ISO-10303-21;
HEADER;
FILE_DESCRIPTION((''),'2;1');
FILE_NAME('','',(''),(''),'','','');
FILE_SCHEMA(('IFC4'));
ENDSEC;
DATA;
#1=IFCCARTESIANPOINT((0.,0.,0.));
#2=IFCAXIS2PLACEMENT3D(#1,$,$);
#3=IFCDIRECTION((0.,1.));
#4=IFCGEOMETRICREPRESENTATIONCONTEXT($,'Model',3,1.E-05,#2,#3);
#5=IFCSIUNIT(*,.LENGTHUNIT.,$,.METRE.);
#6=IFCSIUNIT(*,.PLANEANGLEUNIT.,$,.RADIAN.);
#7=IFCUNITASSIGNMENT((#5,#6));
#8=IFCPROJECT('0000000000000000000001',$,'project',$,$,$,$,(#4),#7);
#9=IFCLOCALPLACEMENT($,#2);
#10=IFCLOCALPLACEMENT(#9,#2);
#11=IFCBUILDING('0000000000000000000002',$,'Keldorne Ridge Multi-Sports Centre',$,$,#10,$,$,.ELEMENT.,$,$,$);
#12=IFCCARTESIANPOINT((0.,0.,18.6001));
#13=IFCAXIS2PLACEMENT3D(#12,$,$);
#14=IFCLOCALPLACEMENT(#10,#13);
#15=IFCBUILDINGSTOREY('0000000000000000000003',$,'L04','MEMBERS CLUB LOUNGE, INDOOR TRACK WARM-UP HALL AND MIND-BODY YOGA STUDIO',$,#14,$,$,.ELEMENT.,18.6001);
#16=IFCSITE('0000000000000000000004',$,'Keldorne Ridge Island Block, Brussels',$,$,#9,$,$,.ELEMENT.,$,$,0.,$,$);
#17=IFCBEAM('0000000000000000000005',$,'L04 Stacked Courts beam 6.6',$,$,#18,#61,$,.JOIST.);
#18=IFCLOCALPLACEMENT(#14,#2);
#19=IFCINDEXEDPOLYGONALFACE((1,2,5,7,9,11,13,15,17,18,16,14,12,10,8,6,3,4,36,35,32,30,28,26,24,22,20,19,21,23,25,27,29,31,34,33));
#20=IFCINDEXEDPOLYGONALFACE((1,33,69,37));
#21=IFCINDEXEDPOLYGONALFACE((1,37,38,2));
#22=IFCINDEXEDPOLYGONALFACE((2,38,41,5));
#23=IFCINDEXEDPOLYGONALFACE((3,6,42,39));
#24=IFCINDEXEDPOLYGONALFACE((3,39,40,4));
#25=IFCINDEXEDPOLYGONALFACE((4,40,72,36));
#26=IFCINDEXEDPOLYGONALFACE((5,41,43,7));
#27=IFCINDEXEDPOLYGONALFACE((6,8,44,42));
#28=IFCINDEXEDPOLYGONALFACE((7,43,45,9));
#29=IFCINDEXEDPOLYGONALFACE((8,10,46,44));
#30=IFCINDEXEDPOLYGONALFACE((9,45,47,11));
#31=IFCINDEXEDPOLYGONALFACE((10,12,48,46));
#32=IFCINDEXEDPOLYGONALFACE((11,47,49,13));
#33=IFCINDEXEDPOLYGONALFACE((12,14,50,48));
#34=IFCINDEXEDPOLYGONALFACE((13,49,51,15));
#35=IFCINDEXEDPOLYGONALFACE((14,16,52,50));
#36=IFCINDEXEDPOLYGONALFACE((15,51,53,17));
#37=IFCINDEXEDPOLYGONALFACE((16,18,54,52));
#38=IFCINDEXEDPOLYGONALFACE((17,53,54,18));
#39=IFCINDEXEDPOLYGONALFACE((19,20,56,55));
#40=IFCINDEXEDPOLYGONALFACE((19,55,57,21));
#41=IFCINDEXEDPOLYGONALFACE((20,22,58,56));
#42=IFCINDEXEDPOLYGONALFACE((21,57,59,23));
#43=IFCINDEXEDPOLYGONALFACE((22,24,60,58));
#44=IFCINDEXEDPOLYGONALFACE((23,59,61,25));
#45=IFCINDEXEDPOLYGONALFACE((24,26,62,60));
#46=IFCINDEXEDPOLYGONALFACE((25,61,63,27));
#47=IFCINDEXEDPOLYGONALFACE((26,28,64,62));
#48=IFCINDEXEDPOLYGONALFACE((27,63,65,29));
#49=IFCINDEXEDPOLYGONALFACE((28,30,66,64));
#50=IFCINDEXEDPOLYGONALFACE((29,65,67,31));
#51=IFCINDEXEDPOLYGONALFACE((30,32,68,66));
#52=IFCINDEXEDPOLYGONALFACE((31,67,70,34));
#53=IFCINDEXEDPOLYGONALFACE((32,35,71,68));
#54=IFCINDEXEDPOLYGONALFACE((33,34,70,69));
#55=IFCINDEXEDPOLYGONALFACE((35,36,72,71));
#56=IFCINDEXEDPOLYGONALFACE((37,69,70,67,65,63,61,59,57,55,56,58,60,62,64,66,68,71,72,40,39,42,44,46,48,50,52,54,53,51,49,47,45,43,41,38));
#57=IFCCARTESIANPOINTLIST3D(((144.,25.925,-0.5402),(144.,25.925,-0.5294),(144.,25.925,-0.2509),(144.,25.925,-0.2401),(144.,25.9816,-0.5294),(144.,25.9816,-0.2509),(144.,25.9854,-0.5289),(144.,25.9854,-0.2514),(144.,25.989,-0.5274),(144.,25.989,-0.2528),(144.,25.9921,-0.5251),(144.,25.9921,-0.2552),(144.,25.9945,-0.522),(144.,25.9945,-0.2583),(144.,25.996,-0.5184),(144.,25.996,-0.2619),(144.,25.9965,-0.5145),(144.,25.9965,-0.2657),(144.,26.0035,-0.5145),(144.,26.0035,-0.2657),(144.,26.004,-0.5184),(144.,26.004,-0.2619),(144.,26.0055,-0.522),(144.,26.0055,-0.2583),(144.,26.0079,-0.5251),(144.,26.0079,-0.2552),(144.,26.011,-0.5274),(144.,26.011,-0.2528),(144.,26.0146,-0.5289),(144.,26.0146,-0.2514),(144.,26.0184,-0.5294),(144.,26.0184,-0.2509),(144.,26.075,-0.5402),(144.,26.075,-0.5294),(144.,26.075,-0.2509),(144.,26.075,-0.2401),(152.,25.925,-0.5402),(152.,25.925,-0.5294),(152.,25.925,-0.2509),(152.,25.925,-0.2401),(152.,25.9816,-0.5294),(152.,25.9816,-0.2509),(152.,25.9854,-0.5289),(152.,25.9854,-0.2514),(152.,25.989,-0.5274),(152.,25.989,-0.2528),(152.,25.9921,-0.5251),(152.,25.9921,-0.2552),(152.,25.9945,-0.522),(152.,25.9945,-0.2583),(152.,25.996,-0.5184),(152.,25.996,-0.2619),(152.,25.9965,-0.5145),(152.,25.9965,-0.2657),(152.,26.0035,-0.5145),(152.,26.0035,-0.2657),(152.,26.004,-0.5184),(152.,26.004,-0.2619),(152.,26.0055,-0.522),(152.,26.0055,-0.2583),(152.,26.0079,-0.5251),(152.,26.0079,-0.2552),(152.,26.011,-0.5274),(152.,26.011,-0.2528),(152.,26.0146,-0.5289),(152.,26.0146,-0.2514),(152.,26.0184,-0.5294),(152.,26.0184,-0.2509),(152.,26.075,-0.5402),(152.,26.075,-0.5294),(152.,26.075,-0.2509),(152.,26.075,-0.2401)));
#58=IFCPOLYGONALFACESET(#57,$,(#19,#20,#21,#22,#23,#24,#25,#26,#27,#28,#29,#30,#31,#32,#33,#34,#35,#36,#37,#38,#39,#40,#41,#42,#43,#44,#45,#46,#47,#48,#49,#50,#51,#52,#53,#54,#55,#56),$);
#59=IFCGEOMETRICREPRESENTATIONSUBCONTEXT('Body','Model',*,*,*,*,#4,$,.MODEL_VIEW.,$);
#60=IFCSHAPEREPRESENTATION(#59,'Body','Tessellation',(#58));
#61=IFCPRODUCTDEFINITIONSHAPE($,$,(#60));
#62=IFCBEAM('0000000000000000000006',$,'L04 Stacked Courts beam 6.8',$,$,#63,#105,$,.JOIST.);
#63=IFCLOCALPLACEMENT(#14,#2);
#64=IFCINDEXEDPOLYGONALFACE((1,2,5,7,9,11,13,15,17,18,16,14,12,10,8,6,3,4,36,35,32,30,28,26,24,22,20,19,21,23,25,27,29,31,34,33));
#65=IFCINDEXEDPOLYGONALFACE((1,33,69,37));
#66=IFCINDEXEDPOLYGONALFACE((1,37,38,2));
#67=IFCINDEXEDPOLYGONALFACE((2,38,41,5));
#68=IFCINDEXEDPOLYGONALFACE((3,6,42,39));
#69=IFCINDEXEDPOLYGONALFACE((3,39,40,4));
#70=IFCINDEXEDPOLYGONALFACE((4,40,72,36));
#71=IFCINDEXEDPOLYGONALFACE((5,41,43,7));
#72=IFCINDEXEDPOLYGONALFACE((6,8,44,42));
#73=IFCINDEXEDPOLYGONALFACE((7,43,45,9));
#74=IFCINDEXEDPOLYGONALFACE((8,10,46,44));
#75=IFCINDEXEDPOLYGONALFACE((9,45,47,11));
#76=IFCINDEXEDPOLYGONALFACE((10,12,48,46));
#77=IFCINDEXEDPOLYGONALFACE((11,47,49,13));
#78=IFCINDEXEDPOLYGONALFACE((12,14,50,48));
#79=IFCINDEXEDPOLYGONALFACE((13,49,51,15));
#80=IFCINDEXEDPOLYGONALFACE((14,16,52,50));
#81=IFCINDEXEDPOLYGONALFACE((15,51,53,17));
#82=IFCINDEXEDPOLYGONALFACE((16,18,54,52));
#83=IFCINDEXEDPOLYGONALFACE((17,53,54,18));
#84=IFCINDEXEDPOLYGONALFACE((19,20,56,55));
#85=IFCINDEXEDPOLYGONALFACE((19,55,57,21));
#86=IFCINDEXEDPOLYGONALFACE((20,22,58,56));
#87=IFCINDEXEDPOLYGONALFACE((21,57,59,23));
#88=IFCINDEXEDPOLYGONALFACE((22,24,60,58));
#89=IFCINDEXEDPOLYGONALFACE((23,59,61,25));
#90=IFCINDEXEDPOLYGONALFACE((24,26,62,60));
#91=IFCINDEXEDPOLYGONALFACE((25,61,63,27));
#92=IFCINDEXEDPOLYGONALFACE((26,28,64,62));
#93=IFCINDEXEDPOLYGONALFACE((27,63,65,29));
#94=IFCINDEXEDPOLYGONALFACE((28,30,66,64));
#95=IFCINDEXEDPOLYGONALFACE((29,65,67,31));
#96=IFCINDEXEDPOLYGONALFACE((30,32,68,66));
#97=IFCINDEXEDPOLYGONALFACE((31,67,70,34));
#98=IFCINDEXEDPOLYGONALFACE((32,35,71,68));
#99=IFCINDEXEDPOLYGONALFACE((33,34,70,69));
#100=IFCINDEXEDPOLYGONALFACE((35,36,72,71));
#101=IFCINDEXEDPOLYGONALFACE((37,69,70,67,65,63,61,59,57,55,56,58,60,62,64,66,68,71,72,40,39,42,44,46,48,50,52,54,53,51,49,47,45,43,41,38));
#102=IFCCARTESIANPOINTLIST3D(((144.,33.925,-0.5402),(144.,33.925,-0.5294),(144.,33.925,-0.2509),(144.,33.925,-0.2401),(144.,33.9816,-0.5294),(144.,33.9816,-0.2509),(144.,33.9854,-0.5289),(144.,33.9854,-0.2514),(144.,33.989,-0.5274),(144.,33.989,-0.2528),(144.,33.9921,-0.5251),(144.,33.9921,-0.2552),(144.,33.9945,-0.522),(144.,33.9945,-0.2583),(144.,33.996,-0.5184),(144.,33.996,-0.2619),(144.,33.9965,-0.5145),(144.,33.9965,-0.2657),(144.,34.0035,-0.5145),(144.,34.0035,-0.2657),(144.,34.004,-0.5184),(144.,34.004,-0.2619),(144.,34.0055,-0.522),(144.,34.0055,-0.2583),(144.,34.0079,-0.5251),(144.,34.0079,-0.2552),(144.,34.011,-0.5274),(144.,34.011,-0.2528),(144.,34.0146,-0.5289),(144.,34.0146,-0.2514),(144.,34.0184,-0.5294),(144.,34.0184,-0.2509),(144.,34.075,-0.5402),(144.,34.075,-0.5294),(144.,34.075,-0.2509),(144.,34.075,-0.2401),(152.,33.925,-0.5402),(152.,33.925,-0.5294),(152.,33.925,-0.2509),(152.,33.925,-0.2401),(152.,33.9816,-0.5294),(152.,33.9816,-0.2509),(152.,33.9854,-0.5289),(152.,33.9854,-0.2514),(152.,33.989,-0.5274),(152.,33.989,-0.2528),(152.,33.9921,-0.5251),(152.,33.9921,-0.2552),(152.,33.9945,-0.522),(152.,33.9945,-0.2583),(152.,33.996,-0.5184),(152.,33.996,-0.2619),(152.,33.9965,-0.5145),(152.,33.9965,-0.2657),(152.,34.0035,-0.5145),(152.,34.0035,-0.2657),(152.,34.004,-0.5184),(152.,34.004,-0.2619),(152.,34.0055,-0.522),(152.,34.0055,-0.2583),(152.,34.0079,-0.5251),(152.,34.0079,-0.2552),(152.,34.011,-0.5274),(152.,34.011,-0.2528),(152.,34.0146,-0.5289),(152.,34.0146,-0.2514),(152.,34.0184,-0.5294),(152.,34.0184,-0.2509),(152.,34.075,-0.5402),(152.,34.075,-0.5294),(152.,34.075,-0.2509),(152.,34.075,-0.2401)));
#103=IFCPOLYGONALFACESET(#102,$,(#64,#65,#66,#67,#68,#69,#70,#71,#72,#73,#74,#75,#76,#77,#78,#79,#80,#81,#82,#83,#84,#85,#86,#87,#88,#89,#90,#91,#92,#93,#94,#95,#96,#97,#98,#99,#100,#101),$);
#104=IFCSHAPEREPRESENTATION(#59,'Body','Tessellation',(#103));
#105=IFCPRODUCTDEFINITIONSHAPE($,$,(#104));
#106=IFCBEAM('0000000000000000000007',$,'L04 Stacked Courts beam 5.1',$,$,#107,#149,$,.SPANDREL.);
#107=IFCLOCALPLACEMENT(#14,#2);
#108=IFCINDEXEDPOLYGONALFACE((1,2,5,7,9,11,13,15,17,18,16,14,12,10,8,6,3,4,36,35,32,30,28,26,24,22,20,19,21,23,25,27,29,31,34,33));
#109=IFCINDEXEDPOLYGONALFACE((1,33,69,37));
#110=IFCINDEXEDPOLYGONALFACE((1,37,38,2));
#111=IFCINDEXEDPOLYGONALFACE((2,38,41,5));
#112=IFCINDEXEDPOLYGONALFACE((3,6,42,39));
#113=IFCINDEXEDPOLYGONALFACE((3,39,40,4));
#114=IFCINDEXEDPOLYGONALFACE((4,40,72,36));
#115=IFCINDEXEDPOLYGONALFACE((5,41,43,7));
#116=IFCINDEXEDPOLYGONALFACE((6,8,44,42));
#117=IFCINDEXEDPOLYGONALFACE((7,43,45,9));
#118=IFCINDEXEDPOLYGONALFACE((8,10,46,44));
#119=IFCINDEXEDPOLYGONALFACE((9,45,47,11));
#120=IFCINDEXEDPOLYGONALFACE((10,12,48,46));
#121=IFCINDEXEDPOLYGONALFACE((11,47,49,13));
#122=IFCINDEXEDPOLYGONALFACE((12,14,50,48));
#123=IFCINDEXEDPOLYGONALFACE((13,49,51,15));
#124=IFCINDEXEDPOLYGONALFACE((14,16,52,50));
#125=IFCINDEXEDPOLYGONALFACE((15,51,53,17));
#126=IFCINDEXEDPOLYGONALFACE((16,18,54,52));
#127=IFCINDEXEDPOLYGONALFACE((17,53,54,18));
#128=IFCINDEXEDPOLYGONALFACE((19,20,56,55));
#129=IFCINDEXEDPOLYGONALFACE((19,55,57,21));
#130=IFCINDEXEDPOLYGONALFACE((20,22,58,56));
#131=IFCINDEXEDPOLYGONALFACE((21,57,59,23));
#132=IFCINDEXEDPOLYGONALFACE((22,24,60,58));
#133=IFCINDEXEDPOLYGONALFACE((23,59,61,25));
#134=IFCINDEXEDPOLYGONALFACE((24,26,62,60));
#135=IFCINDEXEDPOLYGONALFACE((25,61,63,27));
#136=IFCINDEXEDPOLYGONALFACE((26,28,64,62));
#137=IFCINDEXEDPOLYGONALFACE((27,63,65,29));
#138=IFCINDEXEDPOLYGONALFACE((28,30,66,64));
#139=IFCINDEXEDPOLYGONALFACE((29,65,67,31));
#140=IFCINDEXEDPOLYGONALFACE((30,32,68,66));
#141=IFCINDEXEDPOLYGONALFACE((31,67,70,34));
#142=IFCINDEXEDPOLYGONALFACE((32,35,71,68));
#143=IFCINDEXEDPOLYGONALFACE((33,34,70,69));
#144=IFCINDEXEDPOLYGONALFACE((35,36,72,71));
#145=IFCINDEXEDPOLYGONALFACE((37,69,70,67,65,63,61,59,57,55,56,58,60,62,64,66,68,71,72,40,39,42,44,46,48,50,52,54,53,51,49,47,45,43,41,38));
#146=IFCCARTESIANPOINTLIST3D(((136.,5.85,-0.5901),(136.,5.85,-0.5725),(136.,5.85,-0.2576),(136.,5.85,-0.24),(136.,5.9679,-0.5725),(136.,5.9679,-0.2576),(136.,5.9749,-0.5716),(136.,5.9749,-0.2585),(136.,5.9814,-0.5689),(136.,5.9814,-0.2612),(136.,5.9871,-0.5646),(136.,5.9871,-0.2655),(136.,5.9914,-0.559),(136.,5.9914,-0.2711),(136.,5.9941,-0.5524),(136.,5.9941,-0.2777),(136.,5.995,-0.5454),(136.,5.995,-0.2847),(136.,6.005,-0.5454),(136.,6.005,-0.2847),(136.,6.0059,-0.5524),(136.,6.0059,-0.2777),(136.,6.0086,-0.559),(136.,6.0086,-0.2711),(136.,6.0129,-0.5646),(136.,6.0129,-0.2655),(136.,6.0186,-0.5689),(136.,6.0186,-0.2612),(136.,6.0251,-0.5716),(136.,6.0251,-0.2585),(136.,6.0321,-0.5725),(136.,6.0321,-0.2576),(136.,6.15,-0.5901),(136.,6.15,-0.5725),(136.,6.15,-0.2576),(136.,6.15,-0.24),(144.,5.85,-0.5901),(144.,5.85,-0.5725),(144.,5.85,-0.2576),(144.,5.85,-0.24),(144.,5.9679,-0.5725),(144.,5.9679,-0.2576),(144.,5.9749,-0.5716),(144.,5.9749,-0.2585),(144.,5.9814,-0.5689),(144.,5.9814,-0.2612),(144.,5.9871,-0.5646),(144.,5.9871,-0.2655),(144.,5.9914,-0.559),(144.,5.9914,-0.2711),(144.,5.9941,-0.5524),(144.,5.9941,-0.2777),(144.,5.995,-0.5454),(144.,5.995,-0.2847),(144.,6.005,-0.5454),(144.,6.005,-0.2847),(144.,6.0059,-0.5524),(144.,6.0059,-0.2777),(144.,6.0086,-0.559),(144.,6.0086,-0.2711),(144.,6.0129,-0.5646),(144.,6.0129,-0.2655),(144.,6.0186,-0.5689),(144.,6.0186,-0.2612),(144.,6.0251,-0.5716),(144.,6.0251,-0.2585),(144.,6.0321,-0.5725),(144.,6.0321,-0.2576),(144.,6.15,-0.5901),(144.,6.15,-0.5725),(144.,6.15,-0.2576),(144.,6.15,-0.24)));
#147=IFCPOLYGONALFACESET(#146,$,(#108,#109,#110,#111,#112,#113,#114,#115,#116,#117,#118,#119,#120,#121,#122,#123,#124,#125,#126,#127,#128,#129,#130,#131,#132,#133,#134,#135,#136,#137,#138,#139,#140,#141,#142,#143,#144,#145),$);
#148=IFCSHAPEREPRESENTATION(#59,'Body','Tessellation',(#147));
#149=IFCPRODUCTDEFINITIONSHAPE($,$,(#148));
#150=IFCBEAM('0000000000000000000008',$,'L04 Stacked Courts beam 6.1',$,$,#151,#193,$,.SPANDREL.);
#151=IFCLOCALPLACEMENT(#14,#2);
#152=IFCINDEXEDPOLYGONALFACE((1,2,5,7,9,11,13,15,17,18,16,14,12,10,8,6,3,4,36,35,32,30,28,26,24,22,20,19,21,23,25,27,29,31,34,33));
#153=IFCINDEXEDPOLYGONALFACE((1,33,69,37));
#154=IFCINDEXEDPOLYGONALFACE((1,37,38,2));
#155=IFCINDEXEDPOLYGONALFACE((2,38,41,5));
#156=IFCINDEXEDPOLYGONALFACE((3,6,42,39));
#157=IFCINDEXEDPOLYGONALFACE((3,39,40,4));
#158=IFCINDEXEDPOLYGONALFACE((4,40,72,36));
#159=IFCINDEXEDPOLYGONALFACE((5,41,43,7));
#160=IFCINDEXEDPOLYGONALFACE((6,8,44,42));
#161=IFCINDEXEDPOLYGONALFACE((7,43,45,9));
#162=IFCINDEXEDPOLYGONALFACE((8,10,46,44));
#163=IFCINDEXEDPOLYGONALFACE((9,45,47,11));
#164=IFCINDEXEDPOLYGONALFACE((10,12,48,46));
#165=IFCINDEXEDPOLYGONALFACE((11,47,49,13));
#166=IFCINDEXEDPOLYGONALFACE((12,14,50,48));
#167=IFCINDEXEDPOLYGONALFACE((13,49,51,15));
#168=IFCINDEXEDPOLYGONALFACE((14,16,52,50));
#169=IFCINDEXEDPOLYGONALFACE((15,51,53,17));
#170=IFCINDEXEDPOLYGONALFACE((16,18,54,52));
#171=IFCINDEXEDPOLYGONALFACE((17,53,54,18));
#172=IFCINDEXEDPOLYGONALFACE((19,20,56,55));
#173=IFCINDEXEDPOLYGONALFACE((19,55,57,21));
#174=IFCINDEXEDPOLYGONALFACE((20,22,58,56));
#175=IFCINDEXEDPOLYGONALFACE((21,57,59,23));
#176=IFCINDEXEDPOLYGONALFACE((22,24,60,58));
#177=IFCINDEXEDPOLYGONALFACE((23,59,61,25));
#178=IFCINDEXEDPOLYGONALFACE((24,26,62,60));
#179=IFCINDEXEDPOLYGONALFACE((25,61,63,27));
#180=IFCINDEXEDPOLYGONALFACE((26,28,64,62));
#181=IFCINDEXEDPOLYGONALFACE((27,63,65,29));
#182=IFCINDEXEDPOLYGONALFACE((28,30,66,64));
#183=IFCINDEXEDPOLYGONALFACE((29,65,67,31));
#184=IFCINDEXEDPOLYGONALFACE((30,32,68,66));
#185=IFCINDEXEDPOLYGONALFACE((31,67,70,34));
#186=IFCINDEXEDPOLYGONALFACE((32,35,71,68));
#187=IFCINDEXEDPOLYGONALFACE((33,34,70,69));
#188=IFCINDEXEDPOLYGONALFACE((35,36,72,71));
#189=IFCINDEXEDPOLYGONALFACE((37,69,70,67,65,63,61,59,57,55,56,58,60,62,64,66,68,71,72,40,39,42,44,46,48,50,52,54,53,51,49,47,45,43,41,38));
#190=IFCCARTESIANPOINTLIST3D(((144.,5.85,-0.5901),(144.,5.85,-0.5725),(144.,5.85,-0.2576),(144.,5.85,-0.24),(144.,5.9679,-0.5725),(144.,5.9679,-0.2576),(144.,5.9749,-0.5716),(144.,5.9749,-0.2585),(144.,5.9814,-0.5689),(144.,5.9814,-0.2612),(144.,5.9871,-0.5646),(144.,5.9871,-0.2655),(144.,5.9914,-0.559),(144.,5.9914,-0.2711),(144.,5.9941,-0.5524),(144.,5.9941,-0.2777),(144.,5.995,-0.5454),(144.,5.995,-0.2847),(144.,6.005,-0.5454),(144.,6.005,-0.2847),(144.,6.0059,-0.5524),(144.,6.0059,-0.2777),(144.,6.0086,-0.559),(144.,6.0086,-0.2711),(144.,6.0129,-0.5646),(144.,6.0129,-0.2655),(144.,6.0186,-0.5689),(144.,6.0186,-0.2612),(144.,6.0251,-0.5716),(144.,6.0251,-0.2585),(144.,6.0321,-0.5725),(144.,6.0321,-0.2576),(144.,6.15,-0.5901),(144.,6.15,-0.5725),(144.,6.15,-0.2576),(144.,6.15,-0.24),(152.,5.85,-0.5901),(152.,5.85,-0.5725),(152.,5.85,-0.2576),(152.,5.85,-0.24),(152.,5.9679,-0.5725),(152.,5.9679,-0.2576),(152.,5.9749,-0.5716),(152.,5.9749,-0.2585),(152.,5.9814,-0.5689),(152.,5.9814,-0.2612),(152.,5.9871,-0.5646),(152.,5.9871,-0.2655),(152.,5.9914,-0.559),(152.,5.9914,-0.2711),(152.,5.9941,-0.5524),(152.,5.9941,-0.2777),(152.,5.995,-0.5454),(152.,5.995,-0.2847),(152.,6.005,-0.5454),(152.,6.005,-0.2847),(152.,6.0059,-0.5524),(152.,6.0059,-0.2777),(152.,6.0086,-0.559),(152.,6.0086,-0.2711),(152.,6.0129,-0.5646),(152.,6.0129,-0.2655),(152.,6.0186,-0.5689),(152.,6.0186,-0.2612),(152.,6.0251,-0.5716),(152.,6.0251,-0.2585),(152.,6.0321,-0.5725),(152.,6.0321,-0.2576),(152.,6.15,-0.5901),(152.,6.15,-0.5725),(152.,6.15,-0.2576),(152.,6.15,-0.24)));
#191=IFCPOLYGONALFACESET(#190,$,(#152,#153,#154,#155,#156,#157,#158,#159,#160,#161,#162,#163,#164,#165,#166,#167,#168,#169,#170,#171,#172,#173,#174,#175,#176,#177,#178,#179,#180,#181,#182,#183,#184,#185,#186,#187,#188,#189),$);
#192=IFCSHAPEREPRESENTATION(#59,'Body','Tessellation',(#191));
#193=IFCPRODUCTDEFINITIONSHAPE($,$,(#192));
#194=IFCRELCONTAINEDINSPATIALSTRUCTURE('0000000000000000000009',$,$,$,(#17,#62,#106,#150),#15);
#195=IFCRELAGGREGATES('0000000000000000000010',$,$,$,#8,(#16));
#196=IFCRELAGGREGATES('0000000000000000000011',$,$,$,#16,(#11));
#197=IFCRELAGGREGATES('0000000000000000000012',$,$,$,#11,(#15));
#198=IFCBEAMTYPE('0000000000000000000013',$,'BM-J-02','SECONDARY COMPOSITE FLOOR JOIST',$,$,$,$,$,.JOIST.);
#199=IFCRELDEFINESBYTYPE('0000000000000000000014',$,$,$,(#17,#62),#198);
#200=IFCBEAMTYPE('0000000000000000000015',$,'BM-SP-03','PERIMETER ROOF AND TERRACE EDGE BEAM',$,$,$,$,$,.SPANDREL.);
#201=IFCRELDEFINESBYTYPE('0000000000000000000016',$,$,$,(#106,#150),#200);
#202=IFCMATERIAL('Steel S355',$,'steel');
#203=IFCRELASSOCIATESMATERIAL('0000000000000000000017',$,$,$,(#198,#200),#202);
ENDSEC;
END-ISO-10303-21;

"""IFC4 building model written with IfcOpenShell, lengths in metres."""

from ifc_helpers import new_model, si_unit, direction, frame, origin, origin_2d, place, context, subcontext, project, spatial, i_section, extrude, material, material_profile, profile_set, type_object, element, save


model = new_model("IFC4")

# Units and contexts
model_context = context("Model", 3, precision=1e-05, world=origin(), true_north=direction((0.0, 1.0)))
body_context = subcontext(model_context, "Body", "Model", "MODEL_VIEW")
ifc_project = project(units=[si_unit("LENGTHUNIT", "METRE"), si_unit("PLANEANGLEUNIT", "RADIAN")], contexts=[model_context])

# Site, building, storey
site_placement = place(None, origin())
site = spatial("IfcSite", under=ifc_project, at=site_placement, Name="Keldorne Ridge Island Block, Brussels", CompositionType="ELEMENT", RefElevation=0.0)
building_placement = place(site_placement, origin())
building = spatial("IfcBuilding", under=site, at=building_placement, Name="Keldorne Ridge Multi-Sports Centre", CompositionType="ELEMENT")
storey_placement = place(building_placement, frame((0.0, 0.0, 18.6001)))
storey = spatial("IfcBuildingStorey", under=building, at=storey_placement, Name="L04", Description="MEMBERS CLUB LOUNGE, INDOOR TRACK WARM-UP HALL AND MIND-BODY YOGA STUDIO", CompositionType="ELEMENT", Elevation=18.6001)

# Beams
ifc_material = material(Name="Steel S355", Category="steel")
ifc_material_profile_1 = material_profile(ifc_material, i_section(OverallWidth=0.1499, OverallDepth=0.3, WebThickness=0.0071, FlangeThickness=0.0107, FilletRadius=0.0149, at=origin_2d()), Name="IPE 300")
ifc_profile_set_1 = profile_set([ifc_material_profile_1], Name="Steel S355")
beam_type_1 = type_object("IfcBeamType", Name="BM-J-02", Description="SECONDARY COMPOSITE FLOOR JOIST", PredefinedType="JOIST", material=ifc_profile_set_1)
for number, where, z_axis, x_axis, name in (
    (1, (144.0, 26.0, -0.3901), (1.0, 0.0, 0.0), (0.0, 1.0, 0.0), "L04 Stacked Courts beam 6.6"),
    (2, (144.0, 34.0, -0.3901), (1.0, 0.0, 0.0), (0.0, 1.0, 0.0), "L04 Stacked Courts beam 6.8"),
):
    element("IfcBeam", number, at=place(storey_placement, frame(where, z_axis=z_axis, x_axis=x_axis)), inside=storey, type_object=beam_type_1, Name=name, PredefinedType="JOIST", context=body_context, shape_type="SweptSolid", body=[
        extrude(i_section(OverallWidth=0.1499, OverallDepth=0.3, WebThickness=0.0071, FlangeThickness=0.0107, FilletRadius=0.0149, at=origin_2d()), origin(), (0.0, 0.0, 1.0), 8.0),
    ])
ifc_material_profile_2 = material_profile(ifc_material, i_section(OverallWidth=0.3, OverallDepth=0.3501, WebThickness=0.01, FlangeThickness=0.0176, FilletRadius=0.0271, at=origin_2d()), Name="HEA 360")
ifc_profile_set_2 = profile_set([ifc_material_profile_2], Name="Steel S355")
beam_type_2 = type_object("IfcBeamType", Name="BM-SP-03", Description="PERIMETER ROOF AND TERRACE EDGE BEAM", PredefinedType="SPANDREL", material=ifc_profile_set_2)
for number, where, z_axis, x_axis, name in (
    (3, (136.0, 6.0, -0.415), (1.0, 0.0, 0.0), (0.0, 1.0, 0.0), "L04 Stacked Courts beam 5.1"),
    (4, (144.0, 6.0, -0.415), (1.0, 0.0, 0.0), (0.0, 1.0, 0.0), "L04 Stacked Courts beam 6.1"),
):
    element("IfcBeam", number, at=place(storey_placement, frame(where, z_axis=z_axis, x_axis=x_axis)), inside=storey, type_object=beam_type_2, Name=name, PredefinedType="SPANDREL", context=body_context, shape_type="SweptSolid", body=[
        extrude(i_section(OverallWidth=0.3, OverallDepth=0.3501, WebThickness=0.01, FlangeThickness=0.0176, FilletRadius=0.0271, at=origin_2d()), origin(), (0.0, 0.0, 1.0), 8.0),
    ])

save(model, "model.ifc")
